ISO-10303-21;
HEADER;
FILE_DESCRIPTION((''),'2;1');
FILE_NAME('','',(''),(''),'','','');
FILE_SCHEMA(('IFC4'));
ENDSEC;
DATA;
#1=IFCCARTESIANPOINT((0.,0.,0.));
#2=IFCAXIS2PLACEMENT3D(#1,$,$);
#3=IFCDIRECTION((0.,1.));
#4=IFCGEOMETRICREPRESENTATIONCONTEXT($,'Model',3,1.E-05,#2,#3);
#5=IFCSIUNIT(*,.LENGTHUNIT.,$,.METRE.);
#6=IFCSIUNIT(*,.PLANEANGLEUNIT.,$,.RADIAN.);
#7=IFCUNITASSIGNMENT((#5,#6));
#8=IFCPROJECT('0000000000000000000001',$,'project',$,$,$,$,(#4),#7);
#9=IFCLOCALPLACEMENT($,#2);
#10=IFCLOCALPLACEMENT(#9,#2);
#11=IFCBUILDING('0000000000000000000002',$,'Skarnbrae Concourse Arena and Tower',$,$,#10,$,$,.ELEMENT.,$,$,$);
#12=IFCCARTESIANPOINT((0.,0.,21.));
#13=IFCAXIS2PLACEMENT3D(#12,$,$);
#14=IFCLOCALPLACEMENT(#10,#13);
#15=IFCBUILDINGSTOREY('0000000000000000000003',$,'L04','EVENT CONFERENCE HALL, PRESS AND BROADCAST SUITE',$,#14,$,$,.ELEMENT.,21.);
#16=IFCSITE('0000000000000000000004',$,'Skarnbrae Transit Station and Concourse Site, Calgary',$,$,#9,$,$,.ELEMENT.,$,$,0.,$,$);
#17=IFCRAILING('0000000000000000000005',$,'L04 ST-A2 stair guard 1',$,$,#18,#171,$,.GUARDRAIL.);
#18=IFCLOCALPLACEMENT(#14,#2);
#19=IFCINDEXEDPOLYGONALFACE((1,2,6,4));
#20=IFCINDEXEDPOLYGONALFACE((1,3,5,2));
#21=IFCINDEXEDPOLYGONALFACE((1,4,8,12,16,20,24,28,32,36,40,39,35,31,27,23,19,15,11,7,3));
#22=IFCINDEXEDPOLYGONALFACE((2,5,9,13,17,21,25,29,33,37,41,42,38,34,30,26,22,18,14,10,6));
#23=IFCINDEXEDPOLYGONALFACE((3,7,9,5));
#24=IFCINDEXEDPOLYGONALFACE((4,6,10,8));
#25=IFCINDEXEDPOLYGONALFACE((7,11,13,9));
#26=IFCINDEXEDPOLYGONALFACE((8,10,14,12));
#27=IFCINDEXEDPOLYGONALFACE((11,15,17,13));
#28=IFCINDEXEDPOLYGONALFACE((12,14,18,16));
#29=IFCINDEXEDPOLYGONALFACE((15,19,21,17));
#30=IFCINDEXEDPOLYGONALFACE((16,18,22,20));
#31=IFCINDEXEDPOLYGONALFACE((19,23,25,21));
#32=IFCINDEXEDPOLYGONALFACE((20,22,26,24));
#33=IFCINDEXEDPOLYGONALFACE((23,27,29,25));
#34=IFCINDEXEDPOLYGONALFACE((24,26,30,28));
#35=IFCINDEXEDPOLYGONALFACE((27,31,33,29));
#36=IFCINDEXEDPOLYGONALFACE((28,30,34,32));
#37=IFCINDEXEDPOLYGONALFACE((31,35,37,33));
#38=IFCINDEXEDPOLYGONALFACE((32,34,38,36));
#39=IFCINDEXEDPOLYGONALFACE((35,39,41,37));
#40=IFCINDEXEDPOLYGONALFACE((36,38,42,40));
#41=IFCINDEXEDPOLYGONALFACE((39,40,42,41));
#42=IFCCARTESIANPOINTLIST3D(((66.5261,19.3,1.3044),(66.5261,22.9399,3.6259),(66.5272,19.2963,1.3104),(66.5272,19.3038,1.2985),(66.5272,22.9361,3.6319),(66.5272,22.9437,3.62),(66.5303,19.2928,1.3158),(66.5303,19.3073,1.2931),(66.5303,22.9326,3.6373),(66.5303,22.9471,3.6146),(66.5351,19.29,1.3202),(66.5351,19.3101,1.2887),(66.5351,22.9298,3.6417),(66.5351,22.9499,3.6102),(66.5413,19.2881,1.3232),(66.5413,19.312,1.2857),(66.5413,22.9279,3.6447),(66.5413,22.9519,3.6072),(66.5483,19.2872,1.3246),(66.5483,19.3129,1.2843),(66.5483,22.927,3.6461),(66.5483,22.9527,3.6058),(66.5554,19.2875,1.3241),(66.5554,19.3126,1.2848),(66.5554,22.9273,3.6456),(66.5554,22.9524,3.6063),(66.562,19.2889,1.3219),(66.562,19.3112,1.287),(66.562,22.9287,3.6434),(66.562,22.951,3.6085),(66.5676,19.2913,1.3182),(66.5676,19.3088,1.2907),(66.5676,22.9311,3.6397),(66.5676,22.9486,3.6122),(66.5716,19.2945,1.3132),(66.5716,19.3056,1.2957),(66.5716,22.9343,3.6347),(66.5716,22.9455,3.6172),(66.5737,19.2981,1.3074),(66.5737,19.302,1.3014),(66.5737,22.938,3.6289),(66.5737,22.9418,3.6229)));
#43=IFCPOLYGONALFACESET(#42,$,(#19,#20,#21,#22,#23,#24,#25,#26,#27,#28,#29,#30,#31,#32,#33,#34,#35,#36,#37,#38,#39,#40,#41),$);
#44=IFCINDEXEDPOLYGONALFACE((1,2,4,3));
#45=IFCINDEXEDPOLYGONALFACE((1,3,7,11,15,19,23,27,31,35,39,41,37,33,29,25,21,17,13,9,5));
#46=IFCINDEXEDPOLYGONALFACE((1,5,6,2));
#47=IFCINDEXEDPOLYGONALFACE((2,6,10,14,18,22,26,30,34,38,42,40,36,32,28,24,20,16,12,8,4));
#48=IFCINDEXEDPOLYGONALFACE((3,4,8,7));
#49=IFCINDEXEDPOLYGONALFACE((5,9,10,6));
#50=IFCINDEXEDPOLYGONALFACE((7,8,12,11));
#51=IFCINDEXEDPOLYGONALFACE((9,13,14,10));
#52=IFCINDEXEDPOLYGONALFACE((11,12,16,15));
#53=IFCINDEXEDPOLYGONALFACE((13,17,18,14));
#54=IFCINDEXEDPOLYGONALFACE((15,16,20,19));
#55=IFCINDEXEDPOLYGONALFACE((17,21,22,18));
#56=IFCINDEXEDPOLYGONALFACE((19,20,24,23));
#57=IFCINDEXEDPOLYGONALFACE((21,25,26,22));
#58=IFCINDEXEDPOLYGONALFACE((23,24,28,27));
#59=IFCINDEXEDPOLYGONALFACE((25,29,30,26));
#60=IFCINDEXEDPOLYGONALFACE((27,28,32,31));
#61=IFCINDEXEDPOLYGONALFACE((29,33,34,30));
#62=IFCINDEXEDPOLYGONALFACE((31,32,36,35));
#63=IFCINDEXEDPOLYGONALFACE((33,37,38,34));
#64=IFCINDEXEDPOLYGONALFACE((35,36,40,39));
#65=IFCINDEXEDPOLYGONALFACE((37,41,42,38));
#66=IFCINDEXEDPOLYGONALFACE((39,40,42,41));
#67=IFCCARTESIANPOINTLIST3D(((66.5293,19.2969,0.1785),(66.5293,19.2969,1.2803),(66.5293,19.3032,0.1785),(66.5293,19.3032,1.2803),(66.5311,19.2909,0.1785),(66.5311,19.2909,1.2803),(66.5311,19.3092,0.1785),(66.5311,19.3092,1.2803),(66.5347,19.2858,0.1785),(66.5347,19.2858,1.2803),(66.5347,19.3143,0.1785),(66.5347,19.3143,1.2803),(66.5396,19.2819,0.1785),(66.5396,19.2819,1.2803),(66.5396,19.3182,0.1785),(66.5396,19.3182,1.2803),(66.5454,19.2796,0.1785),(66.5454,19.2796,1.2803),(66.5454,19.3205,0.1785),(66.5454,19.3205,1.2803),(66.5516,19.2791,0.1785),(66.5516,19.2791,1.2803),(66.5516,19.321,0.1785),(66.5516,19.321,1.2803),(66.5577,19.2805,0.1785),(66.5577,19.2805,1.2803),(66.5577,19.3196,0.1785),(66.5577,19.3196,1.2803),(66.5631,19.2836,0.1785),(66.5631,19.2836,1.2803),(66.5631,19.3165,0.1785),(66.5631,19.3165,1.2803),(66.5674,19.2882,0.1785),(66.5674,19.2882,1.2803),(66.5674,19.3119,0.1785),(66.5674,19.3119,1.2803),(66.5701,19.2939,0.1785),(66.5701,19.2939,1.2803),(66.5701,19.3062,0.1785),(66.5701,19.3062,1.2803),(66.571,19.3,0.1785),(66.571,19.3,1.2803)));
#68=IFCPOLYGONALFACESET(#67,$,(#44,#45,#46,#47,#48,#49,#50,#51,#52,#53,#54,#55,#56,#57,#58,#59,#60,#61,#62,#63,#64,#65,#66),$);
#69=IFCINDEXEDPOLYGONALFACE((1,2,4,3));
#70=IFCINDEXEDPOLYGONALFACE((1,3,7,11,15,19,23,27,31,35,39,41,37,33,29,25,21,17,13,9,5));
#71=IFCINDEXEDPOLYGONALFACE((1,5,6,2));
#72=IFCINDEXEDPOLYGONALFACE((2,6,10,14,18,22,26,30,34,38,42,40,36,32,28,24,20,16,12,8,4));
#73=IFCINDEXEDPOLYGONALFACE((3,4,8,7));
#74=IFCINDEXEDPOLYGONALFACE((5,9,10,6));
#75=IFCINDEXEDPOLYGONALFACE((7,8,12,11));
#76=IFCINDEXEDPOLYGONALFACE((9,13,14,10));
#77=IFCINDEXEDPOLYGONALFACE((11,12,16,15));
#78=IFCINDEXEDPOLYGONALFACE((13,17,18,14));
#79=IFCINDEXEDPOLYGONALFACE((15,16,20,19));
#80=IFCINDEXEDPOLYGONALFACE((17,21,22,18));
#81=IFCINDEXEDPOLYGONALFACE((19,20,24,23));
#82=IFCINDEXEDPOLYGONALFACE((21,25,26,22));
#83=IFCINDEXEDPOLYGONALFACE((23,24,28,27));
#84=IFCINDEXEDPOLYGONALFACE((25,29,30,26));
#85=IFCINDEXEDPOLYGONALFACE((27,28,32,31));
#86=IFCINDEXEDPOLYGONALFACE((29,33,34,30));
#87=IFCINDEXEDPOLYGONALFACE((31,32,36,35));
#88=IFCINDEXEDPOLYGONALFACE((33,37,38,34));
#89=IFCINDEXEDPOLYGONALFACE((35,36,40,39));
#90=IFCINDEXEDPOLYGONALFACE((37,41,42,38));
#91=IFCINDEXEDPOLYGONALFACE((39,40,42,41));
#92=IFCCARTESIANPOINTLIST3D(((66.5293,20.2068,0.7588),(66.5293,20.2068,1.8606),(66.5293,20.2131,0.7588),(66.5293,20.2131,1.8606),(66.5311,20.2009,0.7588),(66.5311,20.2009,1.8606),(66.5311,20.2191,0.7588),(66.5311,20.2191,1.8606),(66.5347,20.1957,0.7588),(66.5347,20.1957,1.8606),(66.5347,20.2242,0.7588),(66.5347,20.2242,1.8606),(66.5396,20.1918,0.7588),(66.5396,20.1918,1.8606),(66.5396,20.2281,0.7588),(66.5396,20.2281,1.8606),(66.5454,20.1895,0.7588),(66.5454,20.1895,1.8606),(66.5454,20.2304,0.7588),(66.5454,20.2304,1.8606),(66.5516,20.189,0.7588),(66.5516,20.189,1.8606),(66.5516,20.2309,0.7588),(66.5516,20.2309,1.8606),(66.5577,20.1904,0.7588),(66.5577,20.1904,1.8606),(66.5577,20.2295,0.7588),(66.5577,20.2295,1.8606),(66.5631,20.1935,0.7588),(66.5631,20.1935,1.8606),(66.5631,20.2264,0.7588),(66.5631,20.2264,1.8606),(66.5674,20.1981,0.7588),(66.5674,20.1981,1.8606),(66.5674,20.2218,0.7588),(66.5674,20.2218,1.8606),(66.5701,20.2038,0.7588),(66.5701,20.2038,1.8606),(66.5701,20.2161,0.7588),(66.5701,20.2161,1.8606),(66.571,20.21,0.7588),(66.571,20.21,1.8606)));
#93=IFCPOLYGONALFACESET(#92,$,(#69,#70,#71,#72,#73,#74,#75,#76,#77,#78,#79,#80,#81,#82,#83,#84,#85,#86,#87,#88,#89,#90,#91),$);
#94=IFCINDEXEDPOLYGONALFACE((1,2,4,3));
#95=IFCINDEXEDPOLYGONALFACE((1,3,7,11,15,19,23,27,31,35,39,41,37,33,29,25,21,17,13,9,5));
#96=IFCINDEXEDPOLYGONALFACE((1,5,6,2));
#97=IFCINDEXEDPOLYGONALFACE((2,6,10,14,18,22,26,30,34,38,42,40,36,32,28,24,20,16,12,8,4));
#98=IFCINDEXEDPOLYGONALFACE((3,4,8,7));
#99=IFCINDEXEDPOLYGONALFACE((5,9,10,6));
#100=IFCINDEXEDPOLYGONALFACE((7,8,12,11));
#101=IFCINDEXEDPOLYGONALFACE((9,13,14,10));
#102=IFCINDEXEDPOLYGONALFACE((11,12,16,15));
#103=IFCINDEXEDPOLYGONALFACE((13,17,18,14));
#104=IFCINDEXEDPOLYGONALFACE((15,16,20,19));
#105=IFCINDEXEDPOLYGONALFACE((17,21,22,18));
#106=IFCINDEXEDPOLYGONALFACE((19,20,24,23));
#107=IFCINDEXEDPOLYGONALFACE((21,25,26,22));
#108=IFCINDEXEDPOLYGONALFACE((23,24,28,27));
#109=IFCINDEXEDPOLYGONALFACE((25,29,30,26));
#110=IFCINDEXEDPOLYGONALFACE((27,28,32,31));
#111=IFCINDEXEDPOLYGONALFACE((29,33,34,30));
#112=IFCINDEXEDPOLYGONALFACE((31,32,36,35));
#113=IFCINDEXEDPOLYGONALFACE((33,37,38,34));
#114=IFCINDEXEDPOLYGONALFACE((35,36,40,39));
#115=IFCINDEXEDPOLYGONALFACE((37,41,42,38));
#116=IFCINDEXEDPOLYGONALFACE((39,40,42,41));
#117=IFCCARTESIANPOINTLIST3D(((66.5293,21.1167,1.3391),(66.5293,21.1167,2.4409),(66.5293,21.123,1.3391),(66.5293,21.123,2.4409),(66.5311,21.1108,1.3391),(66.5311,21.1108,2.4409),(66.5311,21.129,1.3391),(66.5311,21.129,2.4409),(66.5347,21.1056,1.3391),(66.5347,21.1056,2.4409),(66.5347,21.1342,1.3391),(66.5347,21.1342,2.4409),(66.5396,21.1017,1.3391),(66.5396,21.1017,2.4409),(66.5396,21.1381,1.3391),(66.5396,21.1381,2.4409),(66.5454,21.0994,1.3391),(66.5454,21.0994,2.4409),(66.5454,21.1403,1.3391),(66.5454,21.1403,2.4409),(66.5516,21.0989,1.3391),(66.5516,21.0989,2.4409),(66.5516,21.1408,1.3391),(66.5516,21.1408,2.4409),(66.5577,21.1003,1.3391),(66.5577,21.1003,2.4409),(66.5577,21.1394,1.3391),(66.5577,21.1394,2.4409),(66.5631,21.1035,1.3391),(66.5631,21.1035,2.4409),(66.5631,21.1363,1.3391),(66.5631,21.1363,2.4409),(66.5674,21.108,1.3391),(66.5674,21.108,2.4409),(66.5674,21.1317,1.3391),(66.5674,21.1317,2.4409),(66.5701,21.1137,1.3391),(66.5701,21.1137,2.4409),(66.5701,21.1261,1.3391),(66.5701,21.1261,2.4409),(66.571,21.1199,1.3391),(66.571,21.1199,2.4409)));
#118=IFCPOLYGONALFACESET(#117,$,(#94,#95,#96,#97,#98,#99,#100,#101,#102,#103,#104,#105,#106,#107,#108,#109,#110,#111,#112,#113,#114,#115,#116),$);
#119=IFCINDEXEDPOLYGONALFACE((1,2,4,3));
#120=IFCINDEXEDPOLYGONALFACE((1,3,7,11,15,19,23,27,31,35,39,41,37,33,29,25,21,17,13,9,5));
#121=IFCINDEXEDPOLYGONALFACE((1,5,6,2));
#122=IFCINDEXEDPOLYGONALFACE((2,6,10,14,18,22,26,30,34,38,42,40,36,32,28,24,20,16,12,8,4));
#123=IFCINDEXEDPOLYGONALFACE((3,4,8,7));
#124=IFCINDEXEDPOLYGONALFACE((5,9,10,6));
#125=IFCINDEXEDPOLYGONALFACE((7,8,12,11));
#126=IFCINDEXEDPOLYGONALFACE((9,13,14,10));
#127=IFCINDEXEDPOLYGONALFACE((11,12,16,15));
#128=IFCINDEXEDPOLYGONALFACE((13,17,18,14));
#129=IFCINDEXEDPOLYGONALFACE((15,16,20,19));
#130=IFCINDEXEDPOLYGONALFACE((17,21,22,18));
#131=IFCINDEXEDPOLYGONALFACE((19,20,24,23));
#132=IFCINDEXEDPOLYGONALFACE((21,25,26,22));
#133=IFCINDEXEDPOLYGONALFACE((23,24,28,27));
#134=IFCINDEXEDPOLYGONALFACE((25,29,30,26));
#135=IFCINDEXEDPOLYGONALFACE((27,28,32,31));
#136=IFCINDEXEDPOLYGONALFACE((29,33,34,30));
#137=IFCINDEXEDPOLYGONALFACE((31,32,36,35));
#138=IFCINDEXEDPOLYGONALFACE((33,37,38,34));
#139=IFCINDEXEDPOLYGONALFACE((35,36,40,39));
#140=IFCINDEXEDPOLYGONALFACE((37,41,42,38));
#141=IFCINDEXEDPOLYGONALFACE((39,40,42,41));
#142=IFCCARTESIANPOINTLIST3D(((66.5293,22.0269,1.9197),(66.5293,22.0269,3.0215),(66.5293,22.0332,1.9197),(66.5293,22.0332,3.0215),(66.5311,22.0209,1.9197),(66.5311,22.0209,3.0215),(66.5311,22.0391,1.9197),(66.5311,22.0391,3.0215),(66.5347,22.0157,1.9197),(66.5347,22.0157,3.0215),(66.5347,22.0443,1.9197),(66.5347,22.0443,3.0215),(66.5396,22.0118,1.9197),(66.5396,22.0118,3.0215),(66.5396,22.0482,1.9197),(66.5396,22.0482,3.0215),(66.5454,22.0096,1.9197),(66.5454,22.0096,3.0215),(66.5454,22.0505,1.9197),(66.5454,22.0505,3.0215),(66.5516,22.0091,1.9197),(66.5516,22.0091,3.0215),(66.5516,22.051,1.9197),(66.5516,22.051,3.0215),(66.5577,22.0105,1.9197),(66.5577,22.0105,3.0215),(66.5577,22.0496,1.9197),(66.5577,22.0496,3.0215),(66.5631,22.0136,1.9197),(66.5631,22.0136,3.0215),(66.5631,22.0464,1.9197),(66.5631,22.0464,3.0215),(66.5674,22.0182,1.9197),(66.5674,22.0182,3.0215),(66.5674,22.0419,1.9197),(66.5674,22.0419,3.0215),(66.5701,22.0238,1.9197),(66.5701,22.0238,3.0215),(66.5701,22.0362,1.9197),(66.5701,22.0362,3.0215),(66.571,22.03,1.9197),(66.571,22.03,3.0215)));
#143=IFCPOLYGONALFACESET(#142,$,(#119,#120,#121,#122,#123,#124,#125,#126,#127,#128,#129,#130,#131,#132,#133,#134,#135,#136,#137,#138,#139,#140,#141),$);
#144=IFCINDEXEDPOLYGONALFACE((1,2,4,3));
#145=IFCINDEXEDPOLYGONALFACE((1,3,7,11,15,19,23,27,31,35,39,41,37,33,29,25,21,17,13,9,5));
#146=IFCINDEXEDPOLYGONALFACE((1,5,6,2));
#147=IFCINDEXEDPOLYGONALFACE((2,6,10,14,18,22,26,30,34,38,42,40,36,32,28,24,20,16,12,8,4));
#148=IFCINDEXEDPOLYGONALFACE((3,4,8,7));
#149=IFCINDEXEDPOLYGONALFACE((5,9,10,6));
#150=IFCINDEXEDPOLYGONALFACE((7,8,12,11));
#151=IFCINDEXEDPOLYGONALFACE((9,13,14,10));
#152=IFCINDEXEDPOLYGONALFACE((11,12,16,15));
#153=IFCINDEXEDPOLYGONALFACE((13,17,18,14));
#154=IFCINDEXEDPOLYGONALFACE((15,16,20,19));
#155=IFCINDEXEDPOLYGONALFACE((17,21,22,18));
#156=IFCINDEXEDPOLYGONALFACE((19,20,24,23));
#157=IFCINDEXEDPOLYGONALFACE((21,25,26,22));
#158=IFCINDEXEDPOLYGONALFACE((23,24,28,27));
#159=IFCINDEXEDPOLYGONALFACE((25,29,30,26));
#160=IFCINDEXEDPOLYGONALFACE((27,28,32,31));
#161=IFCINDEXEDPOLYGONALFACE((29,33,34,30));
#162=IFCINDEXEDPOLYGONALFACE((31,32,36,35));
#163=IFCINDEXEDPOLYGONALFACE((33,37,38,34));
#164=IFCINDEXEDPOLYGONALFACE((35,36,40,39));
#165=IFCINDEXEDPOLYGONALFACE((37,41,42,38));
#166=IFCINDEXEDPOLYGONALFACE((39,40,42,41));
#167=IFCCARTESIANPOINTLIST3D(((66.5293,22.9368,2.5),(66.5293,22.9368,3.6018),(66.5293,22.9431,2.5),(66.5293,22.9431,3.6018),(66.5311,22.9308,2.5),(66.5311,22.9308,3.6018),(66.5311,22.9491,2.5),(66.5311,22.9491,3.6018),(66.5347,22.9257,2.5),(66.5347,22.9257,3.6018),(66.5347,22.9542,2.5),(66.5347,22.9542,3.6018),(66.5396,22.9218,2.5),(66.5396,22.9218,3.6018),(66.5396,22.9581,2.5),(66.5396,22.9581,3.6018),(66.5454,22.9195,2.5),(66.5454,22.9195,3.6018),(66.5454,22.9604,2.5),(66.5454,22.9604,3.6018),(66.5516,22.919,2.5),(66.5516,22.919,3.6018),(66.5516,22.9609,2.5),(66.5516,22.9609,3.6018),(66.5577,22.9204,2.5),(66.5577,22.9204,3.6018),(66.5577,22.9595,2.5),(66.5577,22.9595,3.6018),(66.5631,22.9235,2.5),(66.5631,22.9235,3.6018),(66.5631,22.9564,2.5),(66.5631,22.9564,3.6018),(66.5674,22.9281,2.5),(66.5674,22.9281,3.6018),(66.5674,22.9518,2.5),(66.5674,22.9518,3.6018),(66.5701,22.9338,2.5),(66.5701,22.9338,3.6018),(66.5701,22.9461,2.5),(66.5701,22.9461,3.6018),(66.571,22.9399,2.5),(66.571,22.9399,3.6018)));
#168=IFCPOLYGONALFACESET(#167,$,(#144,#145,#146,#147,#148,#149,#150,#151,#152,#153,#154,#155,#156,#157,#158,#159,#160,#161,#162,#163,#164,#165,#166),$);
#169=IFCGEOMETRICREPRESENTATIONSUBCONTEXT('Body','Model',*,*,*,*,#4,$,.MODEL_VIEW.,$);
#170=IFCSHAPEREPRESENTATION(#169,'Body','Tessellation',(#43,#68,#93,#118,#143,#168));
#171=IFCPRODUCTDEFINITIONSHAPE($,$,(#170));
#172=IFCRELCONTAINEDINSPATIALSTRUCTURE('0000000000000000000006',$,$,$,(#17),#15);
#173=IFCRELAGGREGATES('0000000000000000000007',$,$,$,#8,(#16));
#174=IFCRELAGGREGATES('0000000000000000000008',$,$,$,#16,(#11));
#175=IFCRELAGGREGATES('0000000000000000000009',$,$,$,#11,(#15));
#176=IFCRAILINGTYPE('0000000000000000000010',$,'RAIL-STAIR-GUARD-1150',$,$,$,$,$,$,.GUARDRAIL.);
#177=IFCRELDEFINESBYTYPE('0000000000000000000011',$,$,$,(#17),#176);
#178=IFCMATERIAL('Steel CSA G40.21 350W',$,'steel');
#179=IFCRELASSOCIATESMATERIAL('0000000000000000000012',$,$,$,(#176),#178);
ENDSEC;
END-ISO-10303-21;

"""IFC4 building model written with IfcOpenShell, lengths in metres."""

from ifc_helpers import new_model, si_unit, direction, frame, origin, origin_2d, place, context, subcontext, project, spatial, circle, extrude, material, type_object, element, save


model = new_model("IFC4")

# Units and contexts
model_context = context("Model", 3, precision=1e-05, world=origin(), true_north=direction((0.0, 1.0)))
body_context = subcontext(model_context, "Body", "Model", "MODEL_VIEW")
ifc_project = project(units=[si_unit("LENGTHUNIT", "METRE"), si_unit("PLANEANGLEUNIT", "RADIAN")], contexts=[model_context])

# Site, building, storey
site_placement = place(None, origin())
site = spatial("IfcSite", under=ifc_project, at=site_placement, Name="Skarnbrae Transit Station and Concourse Site, Calgary", CompositionType="ELEMENT", RefElevation=0.0)
building_placement = place(site_placement, origin())
building = spatial("IfcBuilding", under=site, at=building_placement, Name="Skarnbrae Concourse Arena and Tower", CompositionType="ELEMENT")
storey_placement = place(building_placement, frame((0.0, 0.0, 21.0)))
storey = spatial("IfcBuildingStorey", under=building, at=storey_placement, Name="L04", Description="EVENT CONFERENCE HALL, PRESS AND BROADCAST SUITE", CompositionType="ELEMENT", Elevation=21.0)

# Shared definitions
ifc_material_1 = material(Name="Steel CSA G40.21 350W", Category="steel")

# Railing
railing_type_1 = type_object("IfcRailingType", Name="RAIL-STAIR-GUARD-1150", PredefinedType="GUARDRAIL", material=ifc_material_1)
railing_1_placement = place(storey_placement, frame((66.55, 19.3, 0.1785)))
element("IfcRailing", 1, at=railing_1_placement, inside=storey, type_object=railing_type_1, Name="L04 ST-A2 stair guard 1", PredefinedType="GUARDRAIL", context=body_context, shape_type="SweptSolid", body=[
    extrude(circle(Radius=0.0239, at=origin_2d()), frame((0.0, 0.0, 1.126), z_axis=(0.0, 0.843112, 0.537739), x_axis=(-1.0, 0.0, 0.0)), (0.0, 0.0, 1.0), 4.3171),
    extrude(circle(Radius=0.021, at=origin_2d()), origin(), (0.0, 0.0, 1.0), 1.1018),
    extrude(circle(Radius=0.021, at=origin_2d()), frame((0.0, 0.9099, 0.5803)), (0.0, 0.0, 1.0), 1.1018),
    extrude(circle(Radius=0.021, at=origin_2d()), frame((0.0, 1.8198, 1.1606)), (0.0, 0.0, 1.0), 1.1018),
    extrude(circle(Radius=0.021, at=origin_2d()), frame((0.0, 2.73, 1.7412)), (0.0, 0.0, 1.0), 1.1018),
    extrude(circle(Radius=0.021, at=origin_2d()), frame((0.0, 3.6399, 2.3215)), (0.0, 0.0, 1.0), 1.1018),
])

save(model, "model.ifc")
